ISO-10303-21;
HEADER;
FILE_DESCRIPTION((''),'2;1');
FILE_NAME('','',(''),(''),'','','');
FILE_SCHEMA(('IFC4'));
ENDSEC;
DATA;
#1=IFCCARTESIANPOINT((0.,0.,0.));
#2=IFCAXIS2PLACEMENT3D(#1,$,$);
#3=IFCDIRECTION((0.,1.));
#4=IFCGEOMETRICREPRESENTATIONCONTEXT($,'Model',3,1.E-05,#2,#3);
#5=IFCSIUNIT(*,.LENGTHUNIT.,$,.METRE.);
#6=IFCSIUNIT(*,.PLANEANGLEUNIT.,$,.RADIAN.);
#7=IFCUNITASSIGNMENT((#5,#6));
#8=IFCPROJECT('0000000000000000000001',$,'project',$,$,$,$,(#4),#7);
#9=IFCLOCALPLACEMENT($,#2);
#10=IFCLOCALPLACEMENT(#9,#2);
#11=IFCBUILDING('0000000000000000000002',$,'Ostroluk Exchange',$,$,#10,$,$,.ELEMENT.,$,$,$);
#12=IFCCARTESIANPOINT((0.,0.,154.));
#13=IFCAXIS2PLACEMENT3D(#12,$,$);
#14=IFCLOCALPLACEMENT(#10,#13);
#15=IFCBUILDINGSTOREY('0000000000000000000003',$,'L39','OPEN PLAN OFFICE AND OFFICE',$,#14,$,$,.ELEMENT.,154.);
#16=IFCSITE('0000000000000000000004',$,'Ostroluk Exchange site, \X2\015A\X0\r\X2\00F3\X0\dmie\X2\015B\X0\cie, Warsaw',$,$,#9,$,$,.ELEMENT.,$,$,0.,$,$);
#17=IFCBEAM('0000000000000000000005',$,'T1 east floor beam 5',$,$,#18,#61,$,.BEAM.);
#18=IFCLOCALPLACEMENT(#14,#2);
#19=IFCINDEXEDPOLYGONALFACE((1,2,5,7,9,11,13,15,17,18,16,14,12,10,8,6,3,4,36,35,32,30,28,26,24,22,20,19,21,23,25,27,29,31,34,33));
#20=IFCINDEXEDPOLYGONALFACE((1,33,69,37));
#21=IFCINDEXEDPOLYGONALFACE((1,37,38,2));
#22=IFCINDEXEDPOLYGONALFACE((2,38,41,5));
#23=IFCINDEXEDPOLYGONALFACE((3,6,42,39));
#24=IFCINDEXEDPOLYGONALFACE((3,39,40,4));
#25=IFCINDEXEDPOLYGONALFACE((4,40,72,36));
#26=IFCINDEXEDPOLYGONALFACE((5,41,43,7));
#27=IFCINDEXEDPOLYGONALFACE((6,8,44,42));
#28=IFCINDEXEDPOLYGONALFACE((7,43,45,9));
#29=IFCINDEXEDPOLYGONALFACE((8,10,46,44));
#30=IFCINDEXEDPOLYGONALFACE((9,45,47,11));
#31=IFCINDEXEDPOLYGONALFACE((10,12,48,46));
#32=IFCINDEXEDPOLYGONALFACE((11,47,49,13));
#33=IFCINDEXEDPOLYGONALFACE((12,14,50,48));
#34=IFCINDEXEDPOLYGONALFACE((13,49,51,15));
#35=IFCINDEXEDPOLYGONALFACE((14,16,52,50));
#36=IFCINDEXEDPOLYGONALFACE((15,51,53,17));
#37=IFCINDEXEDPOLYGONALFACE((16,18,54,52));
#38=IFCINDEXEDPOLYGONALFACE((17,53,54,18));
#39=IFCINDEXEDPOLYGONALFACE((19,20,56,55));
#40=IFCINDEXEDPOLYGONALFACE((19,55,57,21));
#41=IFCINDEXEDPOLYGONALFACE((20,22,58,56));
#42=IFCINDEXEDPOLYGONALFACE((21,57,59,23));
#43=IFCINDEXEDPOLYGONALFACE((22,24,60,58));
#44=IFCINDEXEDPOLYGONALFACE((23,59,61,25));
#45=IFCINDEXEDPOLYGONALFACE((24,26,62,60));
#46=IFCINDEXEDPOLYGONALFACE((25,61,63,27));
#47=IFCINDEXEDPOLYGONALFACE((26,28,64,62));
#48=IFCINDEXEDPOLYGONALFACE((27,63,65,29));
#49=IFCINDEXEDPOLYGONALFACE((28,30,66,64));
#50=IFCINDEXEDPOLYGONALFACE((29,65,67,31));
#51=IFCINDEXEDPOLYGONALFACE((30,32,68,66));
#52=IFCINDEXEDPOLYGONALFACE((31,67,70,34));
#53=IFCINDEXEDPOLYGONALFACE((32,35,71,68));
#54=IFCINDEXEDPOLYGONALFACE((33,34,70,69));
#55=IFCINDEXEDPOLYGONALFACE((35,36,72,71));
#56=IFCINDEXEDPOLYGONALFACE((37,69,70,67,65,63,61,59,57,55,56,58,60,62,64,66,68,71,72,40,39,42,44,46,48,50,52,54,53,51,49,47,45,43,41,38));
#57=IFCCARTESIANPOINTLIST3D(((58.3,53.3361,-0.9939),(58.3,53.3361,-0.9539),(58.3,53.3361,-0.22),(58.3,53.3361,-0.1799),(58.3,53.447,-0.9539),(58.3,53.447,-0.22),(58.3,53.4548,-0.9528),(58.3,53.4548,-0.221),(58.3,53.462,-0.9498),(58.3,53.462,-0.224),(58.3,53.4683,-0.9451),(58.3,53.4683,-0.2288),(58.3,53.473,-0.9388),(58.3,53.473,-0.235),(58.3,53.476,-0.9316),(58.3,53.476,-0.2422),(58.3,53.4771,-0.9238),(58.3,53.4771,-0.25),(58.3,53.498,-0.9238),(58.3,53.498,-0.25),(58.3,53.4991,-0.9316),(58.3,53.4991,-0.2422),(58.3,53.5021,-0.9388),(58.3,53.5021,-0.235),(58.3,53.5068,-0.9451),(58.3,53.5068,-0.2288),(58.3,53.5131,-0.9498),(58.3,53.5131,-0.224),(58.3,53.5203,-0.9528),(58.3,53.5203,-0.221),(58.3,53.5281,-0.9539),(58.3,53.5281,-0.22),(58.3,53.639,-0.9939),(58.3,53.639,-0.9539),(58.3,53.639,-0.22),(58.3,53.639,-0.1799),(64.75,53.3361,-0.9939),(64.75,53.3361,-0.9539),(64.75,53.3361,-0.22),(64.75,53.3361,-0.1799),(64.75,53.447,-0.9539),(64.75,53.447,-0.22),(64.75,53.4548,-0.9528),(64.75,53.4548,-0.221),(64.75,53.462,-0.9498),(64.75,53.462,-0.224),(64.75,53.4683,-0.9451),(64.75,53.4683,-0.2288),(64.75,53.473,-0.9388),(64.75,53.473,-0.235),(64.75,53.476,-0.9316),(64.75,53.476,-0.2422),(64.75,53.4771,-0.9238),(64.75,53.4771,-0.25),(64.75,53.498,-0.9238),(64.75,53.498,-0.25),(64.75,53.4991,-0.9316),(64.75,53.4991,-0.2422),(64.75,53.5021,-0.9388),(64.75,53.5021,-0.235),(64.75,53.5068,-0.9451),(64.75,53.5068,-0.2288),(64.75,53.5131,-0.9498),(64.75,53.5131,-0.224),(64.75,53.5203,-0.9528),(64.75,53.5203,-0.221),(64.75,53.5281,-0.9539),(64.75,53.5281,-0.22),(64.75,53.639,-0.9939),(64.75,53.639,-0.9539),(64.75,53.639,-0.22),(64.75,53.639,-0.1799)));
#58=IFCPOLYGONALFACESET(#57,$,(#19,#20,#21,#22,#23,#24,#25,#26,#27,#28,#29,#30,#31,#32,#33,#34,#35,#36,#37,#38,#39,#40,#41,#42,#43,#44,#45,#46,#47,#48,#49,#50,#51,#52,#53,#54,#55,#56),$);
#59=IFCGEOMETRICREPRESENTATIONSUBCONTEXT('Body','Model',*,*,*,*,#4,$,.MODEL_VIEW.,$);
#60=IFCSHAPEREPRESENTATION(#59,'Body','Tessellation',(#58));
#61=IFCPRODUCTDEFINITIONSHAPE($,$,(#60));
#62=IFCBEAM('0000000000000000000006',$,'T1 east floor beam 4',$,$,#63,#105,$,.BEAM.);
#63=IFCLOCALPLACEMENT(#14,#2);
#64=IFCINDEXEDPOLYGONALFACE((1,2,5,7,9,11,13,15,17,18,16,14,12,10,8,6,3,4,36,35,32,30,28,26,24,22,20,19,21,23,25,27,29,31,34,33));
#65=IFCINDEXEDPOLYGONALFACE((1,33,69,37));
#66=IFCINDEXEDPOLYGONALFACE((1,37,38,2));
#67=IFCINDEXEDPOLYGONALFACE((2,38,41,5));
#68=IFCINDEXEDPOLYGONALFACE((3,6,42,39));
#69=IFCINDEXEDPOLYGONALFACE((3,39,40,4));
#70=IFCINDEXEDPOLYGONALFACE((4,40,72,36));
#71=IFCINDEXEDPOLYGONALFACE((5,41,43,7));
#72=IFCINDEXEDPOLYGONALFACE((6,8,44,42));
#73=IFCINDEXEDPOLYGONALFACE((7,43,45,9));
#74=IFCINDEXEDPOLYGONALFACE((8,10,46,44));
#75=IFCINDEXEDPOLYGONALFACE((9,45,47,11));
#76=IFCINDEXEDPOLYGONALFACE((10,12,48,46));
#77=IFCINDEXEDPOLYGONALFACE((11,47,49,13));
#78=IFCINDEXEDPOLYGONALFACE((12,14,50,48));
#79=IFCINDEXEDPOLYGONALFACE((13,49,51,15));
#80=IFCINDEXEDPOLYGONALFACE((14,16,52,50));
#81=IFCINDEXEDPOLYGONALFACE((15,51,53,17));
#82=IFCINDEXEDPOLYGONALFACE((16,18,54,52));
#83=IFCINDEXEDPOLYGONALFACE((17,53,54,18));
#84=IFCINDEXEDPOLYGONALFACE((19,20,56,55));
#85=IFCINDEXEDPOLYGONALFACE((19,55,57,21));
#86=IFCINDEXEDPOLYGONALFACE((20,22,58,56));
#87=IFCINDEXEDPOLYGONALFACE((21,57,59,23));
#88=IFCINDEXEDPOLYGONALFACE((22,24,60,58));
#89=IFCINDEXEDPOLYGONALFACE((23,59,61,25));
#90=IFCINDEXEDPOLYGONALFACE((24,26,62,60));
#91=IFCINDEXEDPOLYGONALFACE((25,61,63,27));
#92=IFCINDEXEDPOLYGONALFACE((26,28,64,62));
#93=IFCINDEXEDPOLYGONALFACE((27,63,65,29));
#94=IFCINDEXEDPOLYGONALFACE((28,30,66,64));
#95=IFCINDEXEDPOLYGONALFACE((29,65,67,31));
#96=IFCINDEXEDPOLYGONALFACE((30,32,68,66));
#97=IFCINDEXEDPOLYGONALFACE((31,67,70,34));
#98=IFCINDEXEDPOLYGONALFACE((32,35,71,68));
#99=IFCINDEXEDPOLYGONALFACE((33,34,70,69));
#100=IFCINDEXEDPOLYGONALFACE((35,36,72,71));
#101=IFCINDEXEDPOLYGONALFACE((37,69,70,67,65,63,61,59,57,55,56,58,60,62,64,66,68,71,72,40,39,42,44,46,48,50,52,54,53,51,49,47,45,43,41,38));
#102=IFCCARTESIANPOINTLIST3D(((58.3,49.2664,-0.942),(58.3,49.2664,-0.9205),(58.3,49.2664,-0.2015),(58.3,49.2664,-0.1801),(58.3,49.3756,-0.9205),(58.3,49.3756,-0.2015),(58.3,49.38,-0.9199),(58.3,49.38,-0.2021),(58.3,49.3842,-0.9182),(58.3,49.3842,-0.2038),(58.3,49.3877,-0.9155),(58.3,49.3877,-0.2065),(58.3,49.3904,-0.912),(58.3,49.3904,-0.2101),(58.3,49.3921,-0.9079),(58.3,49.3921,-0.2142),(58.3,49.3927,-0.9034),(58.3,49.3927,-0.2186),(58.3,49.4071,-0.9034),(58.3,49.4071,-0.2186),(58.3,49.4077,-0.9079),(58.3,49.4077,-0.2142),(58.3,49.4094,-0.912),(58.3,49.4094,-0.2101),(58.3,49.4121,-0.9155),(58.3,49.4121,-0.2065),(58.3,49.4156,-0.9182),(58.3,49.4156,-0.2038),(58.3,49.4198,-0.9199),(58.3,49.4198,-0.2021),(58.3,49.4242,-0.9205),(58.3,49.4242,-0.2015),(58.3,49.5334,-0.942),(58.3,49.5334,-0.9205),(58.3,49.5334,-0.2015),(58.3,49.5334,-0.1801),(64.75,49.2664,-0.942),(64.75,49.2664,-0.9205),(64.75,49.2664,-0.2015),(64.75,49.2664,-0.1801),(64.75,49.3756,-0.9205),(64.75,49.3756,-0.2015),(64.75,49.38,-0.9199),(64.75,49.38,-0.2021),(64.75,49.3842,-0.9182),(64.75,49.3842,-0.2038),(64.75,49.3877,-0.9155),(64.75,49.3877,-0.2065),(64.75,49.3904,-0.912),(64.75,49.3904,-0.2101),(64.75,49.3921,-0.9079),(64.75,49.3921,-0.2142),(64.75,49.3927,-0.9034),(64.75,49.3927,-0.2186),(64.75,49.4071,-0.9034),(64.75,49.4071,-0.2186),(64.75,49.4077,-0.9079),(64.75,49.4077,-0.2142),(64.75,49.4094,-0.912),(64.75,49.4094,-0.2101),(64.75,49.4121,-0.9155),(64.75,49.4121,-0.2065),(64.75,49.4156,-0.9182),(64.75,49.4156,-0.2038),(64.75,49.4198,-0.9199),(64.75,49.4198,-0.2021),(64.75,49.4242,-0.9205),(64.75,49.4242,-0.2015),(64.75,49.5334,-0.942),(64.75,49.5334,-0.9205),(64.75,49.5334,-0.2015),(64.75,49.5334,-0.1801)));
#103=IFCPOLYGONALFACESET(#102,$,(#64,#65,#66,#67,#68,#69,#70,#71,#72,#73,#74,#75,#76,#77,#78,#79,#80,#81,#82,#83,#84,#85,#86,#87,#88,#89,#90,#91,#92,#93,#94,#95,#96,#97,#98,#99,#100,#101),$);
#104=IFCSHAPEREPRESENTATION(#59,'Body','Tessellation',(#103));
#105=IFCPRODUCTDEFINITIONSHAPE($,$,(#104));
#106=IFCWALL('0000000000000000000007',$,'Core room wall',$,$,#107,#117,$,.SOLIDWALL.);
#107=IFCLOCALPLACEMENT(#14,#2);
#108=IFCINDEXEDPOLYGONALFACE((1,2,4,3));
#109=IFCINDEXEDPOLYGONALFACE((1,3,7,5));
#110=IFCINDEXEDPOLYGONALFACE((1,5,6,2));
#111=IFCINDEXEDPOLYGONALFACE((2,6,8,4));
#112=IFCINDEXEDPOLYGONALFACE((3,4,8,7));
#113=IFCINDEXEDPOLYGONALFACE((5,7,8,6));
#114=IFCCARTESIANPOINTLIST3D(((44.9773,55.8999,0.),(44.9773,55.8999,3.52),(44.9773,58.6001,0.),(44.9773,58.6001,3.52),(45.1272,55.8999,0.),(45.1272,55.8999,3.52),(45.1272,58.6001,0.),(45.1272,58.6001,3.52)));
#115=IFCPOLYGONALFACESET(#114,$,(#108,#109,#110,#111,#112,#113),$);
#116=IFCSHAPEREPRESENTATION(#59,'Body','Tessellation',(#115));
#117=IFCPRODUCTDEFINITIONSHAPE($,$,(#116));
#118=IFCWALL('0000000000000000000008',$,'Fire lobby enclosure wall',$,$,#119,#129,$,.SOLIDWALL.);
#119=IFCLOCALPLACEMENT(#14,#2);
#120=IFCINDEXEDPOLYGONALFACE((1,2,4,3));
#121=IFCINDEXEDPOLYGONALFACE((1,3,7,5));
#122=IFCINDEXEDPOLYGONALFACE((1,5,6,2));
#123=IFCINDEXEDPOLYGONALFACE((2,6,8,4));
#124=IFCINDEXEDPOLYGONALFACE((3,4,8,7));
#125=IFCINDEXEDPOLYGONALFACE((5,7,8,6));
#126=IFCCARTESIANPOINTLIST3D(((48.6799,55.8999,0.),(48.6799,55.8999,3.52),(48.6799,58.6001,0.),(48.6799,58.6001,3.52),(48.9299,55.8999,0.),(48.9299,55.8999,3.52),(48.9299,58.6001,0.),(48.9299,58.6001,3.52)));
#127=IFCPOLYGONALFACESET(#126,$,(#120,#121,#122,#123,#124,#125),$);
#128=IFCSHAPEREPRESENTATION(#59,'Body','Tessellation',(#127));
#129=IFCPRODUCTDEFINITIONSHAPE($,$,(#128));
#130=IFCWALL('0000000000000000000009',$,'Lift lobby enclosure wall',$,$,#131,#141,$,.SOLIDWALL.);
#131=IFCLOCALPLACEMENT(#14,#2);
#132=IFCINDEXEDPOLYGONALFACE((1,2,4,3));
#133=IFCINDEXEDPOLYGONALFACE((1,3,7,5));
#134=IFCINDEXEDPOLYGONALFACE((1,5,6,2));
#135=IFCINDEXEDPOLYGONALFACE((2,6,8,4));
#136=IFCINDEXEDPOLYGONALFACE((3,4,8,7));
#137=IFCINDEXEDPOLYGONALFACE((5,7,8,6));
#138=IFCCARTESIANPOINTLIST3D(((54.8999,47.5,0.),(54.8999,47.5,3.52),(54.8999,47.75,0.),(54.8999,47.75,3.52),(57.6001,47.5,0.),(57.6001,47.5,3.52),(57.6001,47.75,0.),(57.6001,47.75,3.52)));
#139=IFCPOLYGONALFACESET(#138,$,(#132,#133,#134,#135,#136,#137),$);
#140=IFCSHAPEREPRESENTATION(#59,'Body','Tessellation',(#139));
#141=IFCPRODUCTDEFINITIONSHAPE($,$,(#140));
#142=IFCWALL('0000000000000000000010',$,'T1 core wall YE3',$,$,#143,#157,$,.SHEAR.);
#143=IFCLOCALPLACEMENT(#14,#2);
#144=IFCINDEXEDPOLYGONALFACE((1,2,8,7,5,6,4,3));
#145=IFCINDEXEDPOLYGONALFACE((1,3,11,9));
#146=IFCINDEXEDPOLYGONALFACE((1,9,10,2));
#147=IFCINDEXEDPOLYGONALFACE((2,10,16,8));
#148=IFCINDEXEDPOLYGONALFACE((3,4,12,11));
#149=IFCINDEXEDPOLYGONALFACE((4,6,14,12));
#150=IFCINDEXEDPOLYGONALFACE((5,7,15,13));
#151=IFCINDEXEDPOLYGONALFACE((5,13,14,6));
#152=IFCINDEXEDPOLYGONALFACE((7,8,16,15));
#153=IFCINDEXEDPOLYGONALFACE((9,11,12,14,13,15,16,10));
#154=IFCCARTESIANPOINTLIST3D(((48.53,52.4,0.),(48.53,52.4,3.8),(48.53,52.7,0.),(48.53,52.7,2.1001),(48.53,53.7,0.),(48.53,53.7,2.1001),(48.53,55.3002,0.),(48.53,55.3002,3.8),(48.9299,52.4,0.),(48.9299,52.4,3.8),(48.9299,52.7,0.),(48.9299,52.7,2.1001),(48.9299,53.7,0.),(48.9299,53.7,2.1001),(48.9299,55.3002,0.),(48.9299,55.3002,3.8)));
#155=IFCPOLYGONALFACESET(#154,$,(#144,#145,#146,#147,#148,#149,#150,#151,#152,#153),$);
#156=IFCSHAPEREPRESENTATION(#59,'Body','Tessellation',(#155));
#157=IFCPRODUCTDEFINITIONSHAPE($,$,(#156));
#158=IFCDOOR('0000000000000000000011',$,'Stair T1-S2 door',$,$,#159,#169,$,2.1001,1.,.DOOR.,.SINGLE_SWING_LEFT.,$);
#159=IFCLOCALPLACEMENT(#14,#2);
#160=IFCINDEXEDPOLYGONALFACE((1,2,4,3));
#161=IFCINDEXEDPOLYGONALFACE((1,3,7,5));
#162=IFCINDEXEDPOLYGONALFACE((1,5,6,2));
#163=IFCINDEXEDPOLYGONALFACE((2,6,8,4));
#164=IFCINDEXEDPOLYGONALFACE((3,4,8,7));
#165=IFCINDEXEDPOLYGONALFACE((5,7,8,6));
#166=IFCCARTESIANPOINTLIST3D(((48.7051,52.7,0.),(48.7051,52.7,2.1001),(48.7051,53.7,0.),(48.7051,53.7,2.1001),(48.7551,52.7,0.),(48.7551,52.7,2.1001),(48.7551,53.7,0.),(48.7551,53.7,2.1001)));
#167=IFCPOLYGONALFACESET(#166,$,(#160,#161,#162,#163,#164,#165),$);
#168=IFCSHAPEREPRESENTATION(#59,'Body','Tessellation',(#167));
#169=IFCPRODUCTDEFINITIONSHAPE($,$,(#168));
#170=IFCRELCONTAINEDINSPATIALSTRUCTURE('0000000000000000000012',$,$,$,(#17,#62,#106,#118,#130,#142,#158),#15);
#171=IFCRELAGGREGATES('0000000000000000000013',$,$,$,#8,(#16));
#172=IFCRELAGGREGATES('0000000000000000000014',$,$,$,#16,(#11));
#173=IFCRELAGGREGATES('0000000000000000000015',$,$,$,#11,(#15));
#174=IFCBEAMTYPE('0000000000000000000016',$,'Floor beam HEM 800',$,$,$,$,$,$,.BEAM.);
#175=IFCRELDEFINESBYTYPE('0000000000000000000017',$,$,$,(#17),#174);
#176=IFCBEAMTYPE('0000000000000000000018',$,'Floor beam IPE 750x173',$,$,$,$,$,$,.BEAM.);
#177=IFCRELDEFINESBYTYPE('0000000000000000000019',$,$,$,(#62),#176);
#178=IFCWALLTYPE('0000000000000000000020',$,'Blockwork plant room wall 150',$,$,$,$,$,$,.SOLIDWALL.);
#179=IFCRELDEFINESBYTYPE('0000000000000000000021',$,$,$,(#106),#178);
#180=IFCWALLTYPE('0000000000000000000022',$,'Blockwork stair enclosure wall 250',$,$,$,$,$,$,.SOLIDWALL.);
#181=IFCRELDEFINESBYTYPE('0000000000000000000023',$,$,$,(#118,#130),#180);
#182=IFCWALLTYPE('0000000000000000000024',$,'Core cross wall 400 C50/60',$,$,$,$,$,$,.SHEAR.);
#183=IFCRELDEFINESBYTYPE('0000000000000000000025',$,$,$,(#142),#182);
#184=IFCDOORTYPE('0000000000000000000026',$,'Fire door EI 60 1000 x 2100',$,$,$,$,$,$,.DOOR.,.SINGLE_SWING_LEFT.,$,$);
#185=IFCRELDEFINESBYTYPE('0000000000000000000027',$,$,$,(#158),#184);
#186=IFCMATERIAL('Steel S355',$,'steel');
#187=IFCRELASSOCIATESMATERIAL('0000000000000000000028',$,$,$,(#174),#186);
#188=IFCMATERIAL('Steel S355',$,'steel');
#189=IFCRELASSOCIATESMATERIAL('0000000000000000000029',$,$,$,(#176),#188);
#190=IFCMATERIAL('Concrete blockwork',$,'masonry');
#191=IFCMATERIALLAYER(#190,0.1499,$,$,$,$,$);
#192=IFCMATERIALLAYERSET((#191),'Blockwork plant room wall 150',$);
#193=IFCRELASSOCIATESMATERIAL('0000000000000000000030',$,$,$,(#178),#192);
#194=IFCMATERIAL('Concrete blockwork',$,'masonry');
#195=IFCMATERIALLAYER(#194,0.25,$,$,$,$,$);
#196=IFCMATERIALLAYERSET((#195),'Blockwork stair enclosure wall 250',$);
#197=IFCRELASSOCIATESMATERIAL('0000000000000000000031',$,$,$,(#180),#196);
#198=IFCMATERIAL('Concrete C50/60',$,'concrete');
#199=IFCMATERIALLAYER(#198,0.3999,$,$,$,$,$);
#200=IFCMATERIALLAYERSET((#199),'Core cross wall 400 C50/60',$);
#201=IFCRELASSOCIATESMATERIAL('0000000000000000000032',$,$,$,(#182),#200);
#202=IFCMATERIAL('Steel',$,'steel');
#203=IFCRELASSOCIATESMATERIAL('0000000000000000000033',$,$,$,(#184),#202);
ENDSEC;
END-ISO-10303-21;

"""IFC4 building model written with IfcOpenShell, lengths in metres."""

from ifc_helpers import new_model, si_unit, direction, frame, frame_2d, origin, origin_2d, place, context, subcontext, project, spatial, rectangle, i_section, extrude, material, layer, layer_set, material_profile, profile_set, type_object, element, fill, save


model = new_model("IFC4")

# Units and contexts
model_context = context("Model", 3, precision=1e-05, world=origin(), true_north=direction((0.0, 1.0)))
body_context = subcontext(model_context, "Body", "Model", "MODEL_VIEW")
ifc_project = project(units=[si_unit("LENGTHUNIT", "METRE"), si_unit("PLANEANGLEUNIT", "RADIAN")], contexts=[model_context])

# Site, building, storey
site_placement = place(None, origin())
site = spatial("IfcSite", under=ifc_project, at=site_placement, Name="Ostroluk Exchange site, Śródmieście, Warsaw", CompositionType="ELEMENT", RefElevation=0.0)
building_placement = place(site_placement, origin())
building = spatial("IfcBuilding", under=site, at=building_placement, Name="Ostroluk Exchange", CompositionType="ELEMENT")
storey_placement = place(building_placement, frame((0.0, 0.0, 154.0)))
storey = spatial("IfcBuildingStorey", under=building, at=storey_placement, Name="L39", Description="OPEN PLAN OFFICE AND OFFICE", CompositionType="ELEMENT", Elevation=154.0)

# Beams
ifc_material_1 = material(Name="Steel S355", Category="steel")
ifc_material_profile_1 = material_profile(ifc_material_1, i_section(OverallWidth=0.303, OverallDepth=0.814, WebThickness=0.021, FlangeThickness=0.04, FilletRadius=0.03, at=origin_2d()), Name="HEM 800")
ifc_profile_set_1 = profile_set([ifc_material_profile_1], Name="Steel S355")
beam_type_1 = type_object("IfcBeamType", Name="Floor beam HEM 800", PredefinedType="BEAM", material=ifc_profile_set_1)
beam_1_placement = place(storey_placement, frame((58.3, 53.4875, -0.5869), z_axis=(1.0, 0.0, 0.0), x_axis=(0.0, 1.0, 0.0)))
element("IfcBeam", 1, at=beam_1_placement, inside=storey, type_object=beam_type_1, Name="T1 east floor beam 5", PredefinedType="BEAM", context=body_context, shape_type="SweptSolid", body=[
    extrude(i_section(OverallWidth=0.303, OverallDepth=0.814, WebThickness=0.021, FlangeThickness=0.04, FilletRadius=0.03, at=origin_2d()), origin(), (0.0, 0.0, 1.0), 6.45),
])
ifc_material_2 = material(Name="Steel S355", Category="steel")
ifc_material_profile_2 = material_profile(ifc_material_2, i_section(OverallWidth=0.2671, OverallDepth=0.762, WebThickness=0.0144, FlangeThickness=0.0215, FilletRadius=0.0171, at=origin_2d()), Name="IPE 750x173")
ifc_profile_set_2 = profile_set([ifc_material_profile_2], Name="Steel S355")
beam_type_2 = type_object("IfcBeamType", Name="Floor beam IPE 750x173", PredefinedType="BEAM", material=ifc_profile_set_2)
beam_2_placement = place(storey_placement, frame((58.3, 49.3999, -0.561), z_axis=(1.0, 0.0, 0.0), x_axis=(0.0, 1.0, 0.0)))
element("IfcBeam", 2, at=beam_2_placement, inside=storey, type_object=beam_type_2, Name="T1 east floor beam 4", PredefinedType="BEAM", context=body_context, shape_type="SweptSolid", body=[
    extrude(i_section(OverallWidth=0.2671, OverallDepth=0.762, WebThickness=0.0144, FlangeThickness=0.0215, FilletRadius=0.0171, at=origin_2d()), origin(), (0.0, 0.0, 1.0), 6.45),
])

# Walls
ifc_material_3 = material(Name="Concrete blockwork", Category="masonry")
ifc_layer_1 = layer(ifc_material_3, 0.1499)
ifc_layer_set_1 = layer_set([ifc_layer_1], Name="Blockwork plant room wall 150")
wall_type_1 = type_object("IfcWallType", Name="Blockwork plant room wall 150", PredefinedType="SOLIDWALL", material=ifc_layer_set_1)
wall_1_placement = place(storey_placement, frame((45.0522, 55.8999, 0.0), z_axis=(0.0, 0.0, 1.0), x_axis=(0.0, 1.0, 0.0)))
element("IfcWall", 3, at=wall_1_placement, inside=storey, type_object=wall_type_1, Name="Core room wall", PredefinedType="SOLIDWALL", context=body_context, shape_type="SweptSolid", body=[
    extrude(rectangle(XDim=2.7002, YDim=0.1499, at=frame_2d((1.3501, 0.0))), origin(), (0.0, 0.0, 1.0), 3.52),
])
ifc_material_4 = material(Name="Concrete blockwork", Category="masonry")
ifc_layer_2 = layer(ifc_material_4, 0.25)
ifc_layer_set_2 = layer_set([ifc_layer_2], Name="Blockwork stair enclosure wall 250")
wall_type_2 = type_object("IfcWallType", Name="Blockwork stair enclosure wall 250", PredefinedType="SOLIDWALL", material=ifc_layer_set_2)
for number, where, z_axis, x_axis, name in (
    (4, (48.8049, 55.8999, 0.0), (0.0, 0.0, 1.0), (0.0, 1.0, 0.0), "Fire lobby enclosure wall"),
    (5, (54.8999, 47.625, 0.0), (0.0, 0.0, 1.0), (1.0, 0.0, 0.0), "Lift lobby enclosure wall"),
):
    element("IfcWall", number, at=place(storey_placement, frame(where, z_axis=z_axis, x_axis=x_axis)), inside=storey, type_object=wall_type_2, Name=name, PredefinedType="SOLIDWALL", context=body_context, shape_type="SweptSolid", body=[
        extrude(rectangle(XDim=2.7002, YDim=0.25, at=frame_2d((1.3501, 0.0))), origin(), (0.0, 0.0, 1.0), 3.52),
    ])

# Wall, opening, door
ifc_material_5 = material(Name="Concrete C50/60", Category="concrete")
ifc_layer_3 = layer(ifc_material_5, 0.3999)
ifc_layer_set_3 = layer_set([ifc_layer_3], Name="Core cross wall 400 C50/60")
wall_type_3 = type_object("IfcWallType", Name="Core cross wall 400 C50/60", PredefinedType="SHEAR", material=ifc_layer_set_3)
wall_2_placement = place(storey_placement, frame((48.73, 52.3999, 0.0), z_axis=(0.0, 0.0, 1.0), x_axis=(0.0, 1.0, 0.0)))
wall_2 = element("IfcWall", 6, at=wall_2_placement, inside=storey, type_object=wall_type_3, Name="T1 core wall YE3", PredefinedType="SHEAR", context=body_context, shape_type="SweptSolid", body=[
    extrude(rectangle(XDim=2.9001, YDim=0.3999, at=frame_2d((1.4502, 0.0))), origin(), (0.0, 0.0, 1.0), 3.8),
])
opening_1_placement = place(wall_2_placement, frame((0.3, 0.0, 0.0)))
opening_1 = element("IfcOpeningElement", 7, at=opening_1_placement, cuts=wall_2, PredefinedType="OPENING", context=body_context, shape_type="SweptSolid", body=[
    extrude(rectangle(XDim=1.0, YDim=2.1001, at=frame_2d((0.5, 1.05))), frame((0.0, 0.21, 0.0), z_axis=(0.0, -1.0, 0.0), x_axis=(1.0, 0.0, 0.0)), (0.0, 0.0, 1.0), 0.4199),
])
ifc_material_6 = material(Name="Steel", Category="steel")
door_type_1 = type_object("IfcDoorType", Name="Fire door EI 60 1000 x 2100", OperationType="SINGLE_SWING_LEFT", PredefinedType="DOOR", material=ifc_material_6)
door_1_placement = place(opening_1_placement, origin())
door_1 = element("IfcDoor", 8, at=door_1_placement, inside=storey, type_object=door_type_1, Name="Stair T1-S2 door", OperationType="SINGLE_SWING_LEFT", OverallHeight=2.1001, OverallWidth=1.0, PredefinedType="DOOR", context=body_context, shape_type="SweptSolid", body=[
    extrude(rectangle(XDim=1.0, YDim=2.1001, at=frame_2d((0.5, 1.05))), frame((0.0, 0.0249, 0.0), z_axis=(0.0, -1.0, 0.0), x_axis=(1.0, 0.0, 0.0)), (0.0, 0.0, 1.0), 0.05),
])
fill(opening_1, door_1)

save(model, "model.ifc")
